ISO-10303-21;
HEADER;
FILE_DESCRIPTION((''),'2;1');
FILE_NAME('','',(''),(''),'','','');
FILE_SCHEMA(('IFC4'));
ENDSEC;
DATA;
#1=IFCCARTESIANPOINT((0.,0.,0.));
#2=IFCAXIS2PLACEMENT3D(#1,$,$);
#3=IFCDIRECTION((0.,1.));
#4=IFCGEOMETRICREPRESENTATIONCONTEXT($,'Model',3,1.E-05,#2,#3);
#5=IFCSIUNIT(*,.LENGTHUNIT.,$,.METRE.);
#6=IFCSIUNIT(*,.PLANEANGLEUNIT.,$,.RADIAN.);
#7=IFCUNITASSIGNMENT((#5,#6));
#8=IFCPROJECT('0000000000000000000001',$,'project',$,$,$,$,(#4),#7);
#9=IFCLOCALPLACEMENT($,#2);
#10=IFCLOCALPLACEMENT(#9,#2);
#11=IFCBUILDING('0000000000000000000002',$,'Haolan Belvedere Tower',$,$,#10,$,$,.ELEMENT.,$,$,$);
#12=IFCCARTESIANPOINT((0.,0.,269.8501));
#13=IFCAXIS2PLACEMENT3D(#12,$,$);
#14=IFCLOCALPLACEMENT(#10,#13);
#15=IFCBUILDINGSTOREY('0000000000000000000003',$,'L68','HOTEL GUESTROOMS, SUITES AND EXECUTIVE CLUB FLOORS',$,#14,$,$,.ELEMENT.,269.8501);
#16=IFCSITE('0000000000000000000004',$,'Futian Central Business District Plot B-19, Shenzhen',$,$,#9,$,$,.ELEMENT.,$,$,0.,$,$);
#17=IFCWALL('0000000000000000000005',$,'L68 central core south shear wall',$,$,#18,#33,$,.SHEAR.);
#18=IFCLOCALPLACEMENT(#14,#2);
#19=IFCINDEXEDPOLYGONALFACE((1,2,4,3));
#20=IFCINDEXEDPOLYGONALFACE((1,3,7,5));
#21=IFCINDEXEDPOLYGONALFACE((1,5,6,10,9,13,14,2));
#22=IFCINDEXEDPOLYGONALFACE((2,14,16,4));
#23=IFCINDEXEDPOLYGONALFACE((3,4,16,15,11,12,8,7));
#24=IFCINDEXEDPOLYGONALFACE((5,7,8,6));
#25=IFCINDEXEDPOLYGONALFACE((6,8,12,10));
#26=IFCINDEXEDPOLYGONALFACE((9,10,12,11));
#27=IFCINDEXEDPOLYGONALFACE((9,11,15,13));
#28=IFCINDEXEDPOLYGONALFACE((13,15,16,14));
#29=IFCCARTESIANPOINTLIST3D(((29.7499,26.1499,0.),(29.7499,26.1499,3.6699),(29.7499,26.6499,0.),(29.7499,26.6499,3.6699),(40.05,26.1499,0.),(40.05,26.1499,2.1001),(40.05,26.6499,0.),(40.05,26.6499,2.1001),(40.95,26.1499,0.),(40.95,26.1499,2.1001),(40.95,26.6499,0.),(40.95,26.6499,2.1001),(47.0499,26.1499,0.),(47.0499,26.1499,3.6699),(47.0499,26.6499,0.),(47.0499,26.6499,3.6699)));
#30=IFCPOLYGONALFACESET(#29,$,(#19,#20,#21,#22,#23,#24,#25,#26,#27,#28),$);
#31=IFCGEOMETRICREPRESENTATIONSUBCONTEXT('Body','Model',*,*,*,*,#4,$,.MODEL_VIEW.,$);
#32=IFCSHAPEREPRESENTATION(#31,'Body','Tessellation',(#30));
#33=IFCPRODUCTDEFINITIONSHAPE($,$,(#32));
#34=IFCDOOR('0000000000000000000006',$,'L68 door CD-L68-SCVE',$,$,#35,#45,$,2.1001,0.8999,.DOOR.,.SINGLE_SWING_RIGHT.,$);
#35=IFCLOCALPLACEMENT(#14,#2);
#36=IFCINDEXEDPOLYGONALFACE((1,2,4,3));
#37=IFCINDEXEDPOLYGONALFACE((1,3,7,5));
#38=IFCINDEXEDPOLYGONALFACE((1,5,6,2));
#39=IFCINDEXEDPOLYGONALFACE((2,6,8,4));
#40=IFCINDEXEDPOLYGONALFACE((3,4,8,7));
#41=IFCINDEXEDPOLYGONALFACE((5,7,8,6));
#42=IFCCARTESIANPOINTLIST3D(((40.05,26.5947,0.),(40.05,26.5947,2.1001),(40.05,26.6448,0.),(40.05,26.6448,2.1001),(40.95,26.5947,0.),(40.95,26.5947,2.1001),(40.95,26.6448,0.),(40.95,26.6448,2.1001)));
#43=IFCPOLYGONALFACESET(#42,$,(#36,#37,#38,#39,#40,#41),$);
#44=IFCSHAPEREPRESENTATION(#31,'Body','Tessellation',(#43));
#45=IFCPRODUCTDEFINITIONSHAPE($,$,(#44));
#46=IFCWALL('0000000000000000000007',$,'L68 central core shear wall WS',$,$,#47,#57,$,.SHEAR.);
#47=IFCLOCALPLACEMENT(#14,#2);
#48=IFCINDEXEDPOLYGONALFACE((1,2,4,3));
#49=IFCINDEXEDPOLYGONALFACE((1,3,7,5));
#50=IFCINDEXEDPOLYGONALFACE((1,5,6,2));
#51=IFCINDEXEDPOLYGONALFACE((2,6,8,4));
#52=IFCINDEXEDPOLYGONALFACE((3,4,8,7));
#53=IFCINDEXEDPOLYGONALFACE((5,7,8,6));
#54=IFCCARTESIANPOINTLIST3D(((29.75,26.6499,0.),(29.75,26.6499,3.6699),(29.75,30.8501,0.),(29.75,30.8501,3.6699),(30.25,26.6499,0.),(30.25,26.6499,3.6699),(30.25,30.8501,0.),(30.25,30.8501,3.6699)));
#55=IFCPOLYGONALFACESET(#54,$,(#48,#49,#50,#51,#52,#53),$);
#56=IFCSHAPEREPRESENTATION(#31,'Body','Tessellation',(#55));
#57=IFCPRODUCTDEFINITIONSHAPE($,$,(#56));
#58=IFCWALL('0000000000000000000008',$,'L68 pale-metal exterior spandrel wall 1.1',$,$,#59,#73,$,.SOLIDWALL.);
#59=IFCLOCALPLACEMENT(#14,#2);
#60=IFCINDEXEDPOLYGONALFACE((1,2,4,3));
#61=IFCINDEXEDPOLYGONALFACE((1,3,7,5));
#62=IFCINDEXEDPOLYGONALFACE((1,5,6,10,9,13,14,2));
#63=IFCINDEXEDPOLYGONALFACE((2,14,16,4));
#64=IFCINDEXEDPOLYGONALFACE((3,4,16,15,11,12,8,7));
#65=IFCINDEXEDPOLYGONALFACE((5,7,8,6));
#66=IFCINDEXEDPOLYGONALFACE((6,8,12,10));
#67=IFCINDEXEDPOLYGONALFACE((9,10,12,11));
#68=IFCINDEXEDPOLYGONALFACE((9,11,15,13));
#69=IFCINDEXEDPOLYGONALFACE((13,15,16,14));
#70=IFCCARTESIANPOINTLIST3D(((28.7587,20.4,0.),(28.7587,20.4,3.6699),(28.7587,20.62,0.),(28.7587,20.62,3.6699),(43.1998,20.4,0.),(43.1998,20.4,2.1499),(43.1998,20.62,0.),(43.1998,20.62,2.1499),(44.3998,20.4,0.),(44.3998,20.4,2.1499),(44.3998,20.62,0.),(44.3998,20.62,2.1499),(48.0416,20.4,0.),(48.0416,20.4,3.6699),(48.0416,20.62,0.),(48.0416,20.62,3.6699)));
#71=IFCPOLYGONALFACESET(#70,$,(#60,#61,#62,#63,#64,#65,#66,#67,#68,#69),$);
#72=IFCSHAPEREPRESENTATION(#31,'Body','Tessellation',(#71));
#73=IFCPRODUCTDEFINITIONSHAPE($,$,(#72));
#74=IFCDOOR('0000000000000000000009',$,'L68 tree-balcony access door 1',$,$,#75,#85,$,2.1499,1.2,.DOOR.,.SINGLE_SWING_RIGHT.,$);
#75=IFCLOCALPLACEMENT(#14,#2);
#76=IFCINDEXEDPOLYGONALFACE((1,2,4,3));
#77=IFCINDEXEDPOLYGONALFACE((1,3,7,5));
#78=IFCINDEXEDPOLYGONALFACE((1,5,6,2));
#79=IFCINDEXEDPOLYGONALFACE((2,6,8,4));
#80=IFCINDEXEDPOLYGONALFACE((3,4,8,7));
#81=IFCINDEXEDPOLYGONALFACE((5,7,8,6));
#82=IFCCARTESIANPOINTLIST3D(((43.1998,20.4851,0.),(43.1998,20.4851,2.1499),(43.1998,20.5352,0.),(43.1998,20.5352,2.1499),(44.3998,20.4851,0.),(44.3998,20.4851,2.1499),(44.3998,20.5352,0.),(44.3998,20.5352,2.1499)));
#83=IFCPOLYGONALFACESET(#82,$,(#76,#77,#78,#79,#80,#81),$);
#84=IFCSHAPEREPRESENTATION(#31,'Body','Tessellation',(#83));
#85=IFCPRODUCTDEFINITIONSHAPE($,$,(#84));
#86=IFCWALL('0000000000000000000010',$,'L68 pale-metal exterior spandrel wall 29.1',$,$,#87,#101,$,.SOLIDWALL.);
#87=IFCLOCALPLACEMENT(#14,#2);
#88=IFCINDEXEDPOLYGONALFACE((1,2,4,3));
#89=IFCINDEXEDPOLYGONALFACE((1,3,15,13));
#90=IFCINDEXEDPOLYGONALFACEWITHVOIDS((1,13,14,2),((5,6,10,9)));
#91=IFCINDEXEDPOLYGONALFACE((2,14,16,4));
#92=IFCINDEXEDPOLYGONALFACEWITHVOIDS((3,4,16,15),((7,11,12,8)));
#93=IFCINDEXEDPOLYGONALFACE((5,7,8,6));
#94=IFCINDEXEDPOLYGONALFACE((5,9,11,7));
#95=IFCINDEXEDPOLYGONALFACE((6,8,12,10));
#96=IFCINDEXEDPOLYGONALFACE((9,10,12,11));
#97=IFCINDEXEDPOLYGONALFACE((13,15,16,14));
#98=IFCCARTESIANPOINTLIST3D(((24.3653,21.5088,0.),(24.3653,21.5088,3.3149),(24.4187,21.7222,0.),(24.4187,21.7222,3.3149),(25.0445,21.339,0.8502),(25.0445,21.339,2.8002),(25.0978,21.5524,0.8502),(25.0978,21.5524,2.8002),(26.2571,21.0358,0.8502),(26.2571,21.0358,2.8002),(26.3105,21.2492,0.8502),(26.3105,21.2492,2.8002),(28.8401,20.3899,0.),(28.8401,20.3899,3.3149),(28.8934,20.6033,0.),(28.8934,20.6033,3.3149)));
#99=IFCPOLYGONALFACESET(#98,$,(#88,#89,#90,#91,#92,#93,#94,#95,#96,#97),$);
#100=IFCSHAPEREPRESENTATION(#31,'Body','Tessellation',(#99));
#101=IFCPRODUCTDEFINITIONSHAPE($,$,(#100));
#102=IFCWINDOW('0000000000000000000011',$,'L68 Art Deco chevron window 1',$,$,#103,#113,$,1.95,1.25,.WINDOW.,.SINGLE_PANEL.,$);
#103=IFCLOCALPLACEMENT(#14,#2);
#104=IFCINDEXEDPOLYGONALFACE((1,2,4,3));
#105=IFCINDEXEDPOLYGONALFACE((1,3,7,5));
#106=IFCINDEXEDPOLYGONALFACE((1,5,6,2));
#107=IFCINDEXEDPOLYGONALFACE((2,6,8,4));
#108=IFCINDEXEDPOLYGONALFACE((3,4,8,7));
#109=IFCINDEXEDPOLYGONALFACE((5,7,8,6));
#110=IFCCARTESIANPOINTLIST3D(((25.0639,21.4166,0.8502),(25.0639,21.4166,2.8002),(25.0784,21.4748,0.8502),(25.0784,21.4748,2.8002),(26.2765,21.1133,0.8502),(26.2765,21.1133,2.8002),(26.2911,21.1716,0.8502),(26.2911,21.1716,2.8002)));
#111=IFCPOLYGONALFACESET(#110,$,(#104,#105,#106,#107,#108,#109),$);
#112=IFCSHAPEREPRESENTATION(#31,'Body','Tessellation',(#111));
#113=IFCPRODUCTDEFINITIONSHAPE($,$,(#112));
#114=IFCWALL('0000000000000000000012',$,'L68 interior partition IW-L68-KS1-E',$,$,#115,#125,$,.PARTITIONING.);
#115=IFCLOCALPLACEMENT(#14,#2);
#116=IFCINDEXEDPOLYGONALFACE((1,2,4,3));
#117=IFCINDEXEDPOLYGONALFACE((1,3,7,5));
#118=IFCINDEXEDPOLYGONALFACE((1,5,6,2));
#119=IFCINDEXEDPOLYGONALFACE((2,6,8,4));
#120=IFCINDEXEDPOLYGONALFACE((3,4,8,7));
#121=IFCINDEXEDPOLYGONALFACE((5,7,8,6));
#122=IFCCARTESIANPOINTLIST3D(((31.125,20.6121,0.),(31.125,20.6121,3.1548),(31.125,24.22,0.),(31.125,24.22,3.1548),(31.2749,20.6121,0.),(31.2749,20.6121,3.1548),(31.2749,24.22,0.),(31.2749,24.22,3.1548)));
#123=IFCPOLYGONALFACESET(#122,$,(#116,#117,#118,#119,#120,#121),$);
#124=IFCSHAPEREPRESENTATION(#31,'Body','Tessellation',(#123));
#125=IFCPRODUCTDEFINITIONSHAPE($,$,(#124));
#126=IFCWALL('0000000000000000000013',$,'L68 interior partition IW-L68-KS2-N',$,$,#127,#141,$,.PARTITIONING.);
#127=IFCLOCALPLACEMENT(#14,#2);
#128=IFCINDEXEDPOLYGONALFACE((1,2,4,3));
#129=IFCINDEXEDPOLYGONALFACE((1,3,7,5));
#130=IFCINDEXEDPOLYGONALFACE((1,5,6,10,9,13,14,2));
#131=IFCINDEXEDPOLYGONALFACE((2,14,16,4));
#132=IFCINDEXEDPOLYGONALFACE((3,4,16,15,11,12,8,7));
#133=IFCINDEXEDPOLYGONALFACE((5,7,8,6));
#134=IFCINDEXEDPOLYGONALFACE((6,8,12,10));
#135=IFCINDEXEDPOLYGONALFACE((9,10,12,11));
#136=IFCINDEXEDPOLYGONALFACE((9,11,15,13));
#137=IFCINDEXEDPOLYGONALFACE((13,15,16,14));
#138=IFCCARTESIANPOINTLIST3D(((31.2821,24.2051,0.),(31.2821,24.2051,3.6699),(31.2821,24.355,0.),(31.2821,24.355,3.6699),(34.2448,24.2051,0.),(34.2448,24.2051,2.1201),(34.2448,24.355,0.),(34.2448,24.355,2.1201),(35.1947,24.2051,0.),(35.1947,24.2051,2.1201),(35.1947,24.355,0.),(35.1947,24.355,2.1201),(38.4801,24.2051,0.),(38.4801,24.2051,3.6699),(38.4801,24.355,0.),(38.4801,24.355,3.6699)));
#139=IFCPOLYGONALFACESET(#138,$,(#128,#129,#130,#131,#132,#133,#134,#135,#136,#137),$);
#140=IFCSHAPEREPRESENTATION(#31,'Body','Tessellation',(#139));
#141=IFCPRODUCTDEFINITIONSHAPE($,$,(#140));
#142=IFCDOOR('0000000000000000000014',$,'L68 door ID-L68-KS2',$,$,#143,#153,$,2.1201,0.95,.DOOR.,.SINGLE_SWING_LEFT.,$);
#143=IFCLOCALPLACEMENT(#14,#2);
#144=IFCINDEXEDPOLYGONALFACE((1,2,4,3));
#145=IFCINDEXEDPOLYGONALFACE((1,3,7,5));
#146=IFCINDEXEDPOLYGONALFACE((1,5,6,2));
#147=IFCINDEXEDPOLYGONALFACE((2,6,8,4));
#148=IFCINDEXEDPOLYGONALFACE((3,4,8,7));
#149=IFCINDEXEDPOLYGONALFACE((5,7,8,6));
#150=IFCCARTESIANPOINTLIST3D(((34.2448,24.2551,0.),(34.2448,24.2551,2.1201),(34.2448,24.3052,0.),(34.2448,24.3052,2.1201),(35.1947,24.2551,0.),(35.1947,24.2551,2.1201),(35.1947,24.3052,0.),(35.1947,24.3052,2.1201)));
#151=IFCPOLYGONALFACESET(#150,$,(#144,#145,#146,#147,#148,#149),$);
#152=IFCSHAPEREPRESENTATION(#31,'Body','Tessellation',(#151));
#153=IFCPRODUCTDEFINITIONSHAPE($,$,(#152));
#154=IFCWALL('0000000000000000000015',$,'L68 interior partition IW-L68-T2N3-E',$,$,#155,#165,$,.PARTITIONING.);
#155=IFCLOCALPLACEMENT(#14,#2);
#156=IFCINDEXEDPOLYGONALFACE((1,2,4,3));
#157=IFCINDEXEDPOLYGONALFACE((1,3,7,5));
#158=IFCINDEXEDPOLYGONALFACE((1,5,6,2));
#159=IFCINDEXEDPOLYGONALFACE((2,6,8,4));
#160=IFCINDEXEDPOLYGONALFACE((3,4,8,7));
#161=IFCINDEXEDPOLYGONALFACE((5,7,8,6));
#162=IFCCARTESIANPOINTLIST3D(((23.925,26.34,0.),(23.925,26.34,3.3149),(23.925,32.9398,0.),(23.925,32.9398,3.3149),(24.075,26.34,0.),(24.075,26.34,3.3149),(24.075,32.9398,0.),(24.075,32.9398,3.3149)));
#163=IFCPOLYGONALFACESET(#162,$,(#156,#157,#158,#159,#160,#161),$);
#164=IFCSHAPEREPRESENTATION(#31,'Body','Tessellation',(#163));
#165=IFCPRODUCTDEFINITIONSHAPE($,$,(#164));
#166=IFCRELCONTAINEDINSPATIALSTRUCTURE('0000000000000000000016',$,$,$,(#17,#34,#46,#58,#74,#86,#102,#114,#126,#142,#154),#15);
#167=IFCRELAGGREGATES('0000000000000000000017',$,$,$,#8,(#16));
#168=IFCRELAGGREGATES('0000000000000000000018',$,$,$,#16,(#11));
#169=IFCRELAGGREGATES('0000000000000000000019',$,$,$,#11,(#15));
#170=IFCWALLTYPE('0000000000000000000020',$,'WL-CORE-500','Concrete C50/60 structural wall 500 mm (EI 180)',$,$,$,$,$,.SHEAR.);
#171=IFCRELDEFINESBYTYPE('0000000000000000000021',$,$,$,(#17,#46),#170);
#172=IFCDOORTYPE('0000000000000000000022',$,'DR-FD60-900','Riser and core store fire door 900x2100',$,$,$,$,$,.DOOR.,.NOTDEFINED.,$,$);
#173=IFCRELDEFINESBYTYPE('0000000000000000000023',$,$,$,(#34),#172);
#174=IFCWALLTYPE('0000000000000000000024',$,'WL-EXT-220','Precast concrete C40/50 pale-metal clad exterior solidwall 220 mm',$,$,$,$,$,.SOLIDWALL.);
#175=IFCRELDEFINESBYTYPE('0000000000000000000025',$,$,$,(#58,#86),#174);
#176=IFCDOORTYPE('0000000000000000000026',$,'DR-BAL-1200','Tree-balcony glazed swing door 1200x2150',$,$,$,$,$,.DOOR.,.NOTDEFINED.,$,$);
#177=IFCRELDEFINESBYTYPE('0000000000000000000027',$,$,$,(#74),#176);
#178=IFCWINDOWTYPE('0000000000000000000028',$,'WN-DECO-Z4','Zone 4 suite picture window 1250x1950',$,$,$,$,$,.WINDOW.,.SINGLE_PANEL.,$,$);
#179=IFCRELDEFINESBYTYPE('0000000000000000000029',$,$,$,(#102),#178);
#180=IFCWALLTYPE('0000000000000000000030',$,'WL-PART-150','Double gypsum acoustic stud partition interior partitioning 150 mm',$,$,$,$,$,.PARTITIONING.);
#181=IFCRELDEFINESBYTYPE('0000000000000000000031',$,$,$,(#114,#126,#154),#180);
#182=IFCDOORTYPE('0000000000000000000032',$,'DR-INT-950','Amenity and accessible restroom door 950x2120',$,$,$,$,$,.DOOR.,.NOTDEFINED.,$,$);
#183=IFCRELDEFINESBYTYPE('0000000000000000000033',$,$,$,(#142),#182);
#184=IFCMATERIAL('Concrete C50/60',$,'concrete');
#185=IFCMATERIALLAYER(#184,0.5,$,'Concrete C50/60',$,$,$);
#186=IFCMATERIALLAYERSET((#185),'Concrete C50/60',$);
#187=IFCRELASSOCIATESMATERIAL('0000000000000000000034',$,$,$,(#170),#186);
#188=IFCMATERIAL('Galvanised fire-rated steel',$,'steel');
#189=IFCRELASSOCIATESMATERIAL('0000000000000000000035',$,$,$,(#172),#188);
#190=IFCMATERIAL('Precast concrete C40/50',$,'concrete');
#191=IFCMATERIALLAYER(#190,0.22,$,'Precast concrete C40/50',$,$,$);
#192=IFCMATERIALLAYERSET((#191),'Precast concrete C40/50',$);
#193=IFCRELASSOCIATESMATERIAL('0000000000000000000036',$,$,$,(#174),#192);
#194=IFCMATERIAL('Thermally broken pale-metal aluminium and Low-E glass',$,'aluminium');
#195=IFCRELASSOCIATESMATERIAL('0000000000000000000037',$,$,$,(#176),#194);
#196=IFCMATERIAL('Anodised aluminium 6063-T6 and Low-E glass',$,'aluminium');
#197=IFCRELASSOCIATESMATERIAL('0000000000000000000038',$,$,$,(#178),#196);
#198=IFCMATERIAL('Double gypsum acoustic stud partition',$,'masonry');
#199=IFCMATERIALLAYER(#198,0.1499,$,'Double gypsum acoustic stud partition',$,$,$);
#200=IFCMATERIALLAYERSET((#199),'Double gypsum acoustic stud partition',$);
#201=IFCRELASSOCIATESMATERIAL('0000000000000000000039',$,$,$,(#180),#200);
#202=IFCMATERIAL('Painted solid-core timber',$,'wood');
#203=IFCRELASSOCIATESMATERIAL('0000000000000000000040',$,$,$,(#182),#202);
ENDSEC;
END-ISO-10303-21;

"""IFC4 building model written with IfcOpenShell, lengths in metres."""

from ifc_helpers import new_model, si_unit, direction, frame, frame_2d, origin, place, context, subcontext, project, spatial, rectangle, extrude, material, layer, layer_set, type_object, element, fill, save


model = new_model("IFC4")

# Units and contexts
model_context = context("Model", 3, precision=1e-05, world=origin(), true_north=direction((0.0, 1.0)))
body_context = subcontext(model_context, "Body", "Model", "MODEL_VIEW")
ifc_project = project(units=[si_unit("LENGTHUNIT", "METRE"), si_unit("PLANEANGLEUNIT", "RADIAN")], contexts=[model_context])

# Site, building, storey
site_placement = place(None, origin())
site = spatial("IfcSite", under=ifc_project, at=site_placement, Name="Futian Central Business District Plot B-19, Shenzhen", CompositionType="ELEMENT", RefElevation=0.0)
building_placement = place(site_placement, origin())
building = spatial("IfcBuilding", under=site, at=building_placement, Name="Haolan Belvedere Tower", CompositionType="ELEMENT")
storey_placement = place(building_placement, frame((0.0, 0.0, 269.8501)))
storey = spatial("IfcBuildingStorey", under=building, at=storey_placement, Name="L68", Description="HOTEL GUESTROOMS, SUITES AND EXECUTIVE CLUB FLOORS", CompositionType="ELEMENT", Elevation=269.8501)

# Wall, opening, door
ifc_material_1 = material(Name="Concrete C50/60", Category="concrete")
ifc_layer_1 = layer(ifc_material_1, 0.5, Name="Concrete C50/60")
ifc_layer_set_1 = layer_set([ifc_layer_1], Name="Concrete C50/60")
wall_type_1 = type_object("IfcWallType", Name="WL-CORE-500", Description="Concrete C50/60 structural wall 500 mm (EI 180)", PredefinedType="SHEAR", material=ifc_layer_set_1)
wall_1_placement = place(storey_placement, frame((29.75, 26.3999, 0.0), z_axis=(0.0, 0.0, 1.0), x_axis=(1.0, 0.0, 0.0)))
wall_1 = element("IfcWall", 1, at=wall_1_placement, inside=storey, type_object=wall_type_1, Name="L68 central core south shear wall", PredefinedType="SHEAR", context=body_context, shape_type="SweptSolid", body=[
    extrude(rectangle(XDim=17.3, YDim=0.5, at=frame_2d((8.6499, 0.0))), origin(), (0.0, 0.0, 1.0), 3.6699),
])
opening_1_placement = place(wall_1_placement, frame((11.2, 0.0, 0.0), z_axis=(0.0, 0.0, 1.0), x_axis=(-1.0, 0.0, 0.0)))
opening_1 = element("IfcOpeningElement", 2, at=opening_1_placement, cuts=wall_1, PredefinedType="OPENING", context=body_context, shape_type="SweptSolid", body=[
    extrude(rectangle(XDim=0.8999, YDim=2.1001, at=frame_2d((0.45, 1.05))), frame((0.0, 0.26, 0.0), z_axis=(0.0, -1.0, 0.0), x_axis=(1.0, 0.0, 0.0)), (0.0, 0.0, 1.0), 0.52),
])
ifc_material_2 = material(Name="Galvanised fire-rated steel", Category="steel")
door_type_1 = type_object("IfcDoorType", Name="DR-FD60-900", Description="Riser and core store fire door 900x2100", OperationType="NOTDEFINED", PredefinedType="DOOR", material=ifc_material_2)
door_1_placement = place(opening_1_placement, origin())
door_1 = element("IfcDoor", 3, at=door_1_placement, inside=storey, type_object=door_type_1, Name="L68 door CD-L68-SCVE", OperationType="SINGLE_SWING_RIGHT", OverallHeight=2.1001, OverallWidth=0.8999, PredefinedType="DOOR", context=body_context, shape_type="SweptSolid", body=[
    extrude(rectangle(XDim=0.8999, YDim=2.1001, at=frame_2d((0.45, 1.05))), frame((0.0, -0.1948, 0.0), z_axis=(0.0, -1.0, 0.0), x_axis=(1.0, 0.0, 0.0)), (0.0, 0.0, 1.0), 0.05),
])
fill(opening_1, door_1)

# Wall
wall_2_placement = place(storey_placement, frame((30.0, 26.6499, 0.0), z_axis=(0.0, 0.0, 1.0), x_axis=(0.0, 1.0, 0.0)))
element("IfcWall", 4, at=wall_2_placement, inside=storey, type_object=wall_type_1, Name="L68 central core shear wall WS", PredefinedType="SHEAR", context=body_context, shape_type="SweptSolid", body=[
    extrude(rectangle(XDim=4.2002, YDim=0.5, at=frame_2d((2.1001, 0.0))), origin(), (0.0, 0.0, 1.0), 3.6699),
])

# Wall, opening, door
ifc_material_3 = material(Name="Precast concrete C40/50", Category="concrete")
ifc_layer_2 = layer(ifc_material_3, 0.22, Name="Precast concrete C40/50")
ifc_layer_set_2 = layer_set([ifc_layer_2], Name="Precast concrete C40/50")
wall_type_2 = type_object("IfcWallType", Name="WL-EXT-220", Description="Precast concrete C40/50 pale-metal clad exterior solidwall 220 mm", PredefinedType="SOLIDWALL", material=ifc_layer_set_2)
wall_3_placement = place(storey_placement, frame((28.7585, 20.51, 0.0), z_axis=(0.0, 0.0, 1.0), x_axis=(1.0, 0.0, 0.0)))
wall_3 = element("IfcWall", 5, at=wall_3_placement, inside=storey, type_object=wall_type_2, Name="L68 pale-metal exterior spandrel wall 1.1", PredefinedType="SOLIDWALL", context=body_context, shape_type="SweptSolid", body=[
    extrude(rectangle(XDim=19.283, YDim=0.22, at=frame_2d((9.6416, 0.0))), origin(), (0.0, 0.0, 1.0), 3.6699),
])
opening_2_placement = place(wall_3_placement, frame((15.6414, 0.0, 0.0), z_axis=(0.0, 0.0, 1.0), x_axis=(-1.0, 0.0, 0.0)))
opening_2 = element("IfcOpeningElement", 6, at=opening_2_placement, cuts=wall_3, PredefinedType="OPENING", context=body_context, shape_type="SweptSolid", body=[
    extrude(rectangle(XDim=1.2, YDim=2.1499, at=frame_2d((0.6001, 1.075))), frame((0.0, 0.1199, 0.0), z_axis=(0.0, -1.0, 0.0), x_axis=(1.0, 0.0, 0.0)), (0.0, 0.0, 1.0), 0.24),
])
ifc_material_4 = material(Name="Thermally broken pale-metal aluminium and Low-E glass", Category="aluminium")
door_type_2 = type_object("IfcDoorType", Name="DR-BAL-1200", Description="Tree-balcony glazed swing door 1200x2150", OperationType="NOTDEFINED", PredefinedType="DOOR", material=ifc_material_4)
door_2_placement = place(opening_2_placement, origin())
door_2 = element("IfcDoor", 7, at=door_2_placement, inside=storey, type_object=door_type_2, Name="L68 tree-balcony access door 1", OperationType="SINGLE_SWING_RIGHT", OverallHeight=2.1499, OverallWidth=1.2, PredefinedType="DOOR", context=body_context, shape_type="SweptSolid", body=[
    extrude(rectangle(XDim=1.2, YDim=2.1499, at=frame_2d((0.6001, 1.075))), frame((0.0, 0.0249, 0.0), z_axis=(0.0, -1.0, 0.0), x_axis=(1.0, 0.0, 0.0)), (0.0, 0.0, 1.0), 0.05),
])
fill(opening_2, door_2)

# Wall, opening, window
wall_4_placement = place(storey_placement, frame((24.3921, 21.6155, 0.0), z_axis=(0.0, 0.0, 1.0), x_axis=(0.970133, -0.242573, 0.0)))
wall_4 = element("IfcWall", 8, at=wall_4_placement, inside=storey, type_object=wall_type_2, Name="L68 pale-metal exterior spandrel wall 29.1", PredefinedType="SOLIDWALL", context=body_context, shape_type="SweptSolid", body=[
    extrude(rectangle(XDim=4.6125, YDim=0.22, at=frame_2d((2.3062, 0.0))), origin(), (0.0, 0.0, 1.0), 3.3149),
])
opening_3_placement = place(wall_4_placement, frame((0.7, 0.0, 0.8501)))
opening_3 = element("IfcOpeningElement", 9, at=opening_3_placement, cuts=wall_4, PredefinedType="OPENING", context=body_context, shape_type="SweptSolid", body=[
    extrude(rectangle(XDim=1.25, YDim=1.95, at=frame_2d((0.625, 0.9751))), frame((0.0, 0.1199, 0.0), z_axis=(0.0, -1.0, 0.0), x_axis=(1.0, 0.0, 0.0)), (0.0, 0.0, 1.0), 0.24),
])
ifc_material_5 = material(Name="Anodised aluminium 6063-T6 and Low-E glass", Category="aluminium")
window_type = type_object("IfcWindowType", Name="WN-DECO-Z4", Description="Zone 4 suite picture window 1250x1950", PartitioningType="SINGLE_PANEL", PredefinedType="WINDOW", material=ifc_material_5)
window_placement = place(opening_3_placement, origin())
window = element("IfcWindow", 10, at=window_placement, inside=storey, type_object=window_type, Name="L68 Art Deco chevron window 1", OverallHeight=1.95, OverallWidth=1.25, PartitioningType="SINGLE_PANEL", PredefinedType="WINDOW", context=body_context, shape_type="SweptSolid", body=[
    extrude(rectangle(XDim=1.25, YDim=1.95, at=frame_2d((0.625, 0.9751))), frame((0.0, 0.03, 0.0), z_axis=(0.0, -1.0, 0.0), x_axis=(1.0, 0.0, 0.0)), (0.0, 0.0, 1.0), 0.0601),
])
fill(opening_3, window)

# Wall
ifc_material_6 = material(Name="Double gypsum acoustic stud partition", Category="masonry")
ifc_layer_3 = layer(ifc_material_6, 0.1499, Name="Double gypsum acoustic stud partition")
ifc_layer_set_3 = layer_set([ifc_layer_3], Name="Double gypsum acoustic stud partition")
wall_type_3 = type_object("IfcWallType", Name="WL-PART-150", Description="Double gypsum acoustic stud partition interior partitioning 150 mm", PredefinedType="PARTITIONING", material=ifc_layer_set_3)
wall_5_placement = place(storey_placement, frame((31.2, 20.6121, 0.0), z_axis=(0.0, 0.0, 1.0), x_axis=(0.0, 1.0, 0.0)))
element("IfcWall", 11, at=wall_5_placement, inside=storey, type_object=wall_type_3, Name="L68 interior partition IW-L68-KS1-E", PredefinedType="PARTITIONING", context=body_context, shape_type="SweptSolid", body=[
    extrude(rectangle(XDim=3.6079, YDim=0.1499, at=frame_2d((1.804, 0.0))), origin(), (0.0, 0.0, 1.0), 3.1548),
])

# Wall, opening, door
wall_6_placement = place(storey_placement, frame((31.282, 24.28, 0.0), z_axis=(0.0, 0.0, 1.0), x_axis=(1.0, 0.0, 0.0)))
wall_6 = element("IfcWall", 12, at=wall_6_placement, inside=storey, type_object=wall_type_3, Name="L68 interior partition IW-L68-KS2-N", PredefinedType="PARTITIONING", context=body_context, shape_type="SweptSolid", body=[
    extrude(rectangle(XDim=7.198, YDim=0.1499, at=frame_2d((3.5991, 0.0))), origin(), (0.0, 0.0, 1.0), 3.6699),
])
opening_4_placement = place(wall_6_placement, frame((3.9128, 0.0, 0.0), z_axis=(0.0, 0.0, 1.0), x_axis=(-1.0, 0.0, 0.0)))
opening_4 = element("IfcOpeningElement", 13, at=opening_4_placement, cuts=wall_6, PredefinedType="OPENING", context=body_context, shape_type="SweptSolid", body=[
    extrude(rectangle(XDim=0.95, YDim=2.1201, at=frame_2d((0.4751, 1.0601))), frame((0.0, 0.085, 0.0), z_axis=(0.0, -1.0, 0.0), x_axis=(1.0, 0.0, 0.0)), (0.0, 0.0, 1.0), 0.1699),
])
ifc_material_7 = material(Name="Painted solid-core timber", Category="wood")
door_type_3 = type_object("IfcDoorType", Name="DR-INT-950", Description="Amenity and accessible restroom door 950x2120", OperationType="NOTDEFINED", PredefinedType="DOOR", material=ifc_material_7)
door_3_placement = place(opening_4_placement, origin())
door_3 = element("IfcDoor", 14, at=door_3_placement, inside=storey, type_object=door_type_3, Name="L68 door ID-L68-KS2", OperationType="SINGLE_SWING_LEFT", OverallHeight=2.1201, OverallWidth=0.95, PredefinedType="DOOR", context=body_context, shape_type="SweptSolid", body=[
    extrude(rectangle(XDim=0.95, YDim=2.1201, at=frame_2d((0.4751, 1.0601))), frame((0.0, 0.0249, 0.0), z_axis=(0.0, -1.0, 0.0), x_axis=(1.0, 0.0, 0.0)), (0.0, 0.0, 1.0), 0.05),
])
fill(opening_4, door_3)

# Wall
wall_7_placement = place(storey_placement, frame((24.0, 26.3401, 0.0), z_axis=(0.0, 0.0, 1.0), x_axis=(0.0, 1.0, 0.0)))
element("IfcWall", 15, at=wall_7_placement, inside=storey, type_object=wall_type_3, Name="L68 interior partition IW-L68-T2N3-E", PredefinedType="PARTITIONING", context=body_context, shape_type="SweptSolid", body=[
    extrude(rectangle(XDim=6.5999, YDim=0.1499, at=frame_2d((3.2998, 0.0))), origin(), (0.0, 0.0, 1.0), 3.3149),
])

save(model, "model.ifc")
